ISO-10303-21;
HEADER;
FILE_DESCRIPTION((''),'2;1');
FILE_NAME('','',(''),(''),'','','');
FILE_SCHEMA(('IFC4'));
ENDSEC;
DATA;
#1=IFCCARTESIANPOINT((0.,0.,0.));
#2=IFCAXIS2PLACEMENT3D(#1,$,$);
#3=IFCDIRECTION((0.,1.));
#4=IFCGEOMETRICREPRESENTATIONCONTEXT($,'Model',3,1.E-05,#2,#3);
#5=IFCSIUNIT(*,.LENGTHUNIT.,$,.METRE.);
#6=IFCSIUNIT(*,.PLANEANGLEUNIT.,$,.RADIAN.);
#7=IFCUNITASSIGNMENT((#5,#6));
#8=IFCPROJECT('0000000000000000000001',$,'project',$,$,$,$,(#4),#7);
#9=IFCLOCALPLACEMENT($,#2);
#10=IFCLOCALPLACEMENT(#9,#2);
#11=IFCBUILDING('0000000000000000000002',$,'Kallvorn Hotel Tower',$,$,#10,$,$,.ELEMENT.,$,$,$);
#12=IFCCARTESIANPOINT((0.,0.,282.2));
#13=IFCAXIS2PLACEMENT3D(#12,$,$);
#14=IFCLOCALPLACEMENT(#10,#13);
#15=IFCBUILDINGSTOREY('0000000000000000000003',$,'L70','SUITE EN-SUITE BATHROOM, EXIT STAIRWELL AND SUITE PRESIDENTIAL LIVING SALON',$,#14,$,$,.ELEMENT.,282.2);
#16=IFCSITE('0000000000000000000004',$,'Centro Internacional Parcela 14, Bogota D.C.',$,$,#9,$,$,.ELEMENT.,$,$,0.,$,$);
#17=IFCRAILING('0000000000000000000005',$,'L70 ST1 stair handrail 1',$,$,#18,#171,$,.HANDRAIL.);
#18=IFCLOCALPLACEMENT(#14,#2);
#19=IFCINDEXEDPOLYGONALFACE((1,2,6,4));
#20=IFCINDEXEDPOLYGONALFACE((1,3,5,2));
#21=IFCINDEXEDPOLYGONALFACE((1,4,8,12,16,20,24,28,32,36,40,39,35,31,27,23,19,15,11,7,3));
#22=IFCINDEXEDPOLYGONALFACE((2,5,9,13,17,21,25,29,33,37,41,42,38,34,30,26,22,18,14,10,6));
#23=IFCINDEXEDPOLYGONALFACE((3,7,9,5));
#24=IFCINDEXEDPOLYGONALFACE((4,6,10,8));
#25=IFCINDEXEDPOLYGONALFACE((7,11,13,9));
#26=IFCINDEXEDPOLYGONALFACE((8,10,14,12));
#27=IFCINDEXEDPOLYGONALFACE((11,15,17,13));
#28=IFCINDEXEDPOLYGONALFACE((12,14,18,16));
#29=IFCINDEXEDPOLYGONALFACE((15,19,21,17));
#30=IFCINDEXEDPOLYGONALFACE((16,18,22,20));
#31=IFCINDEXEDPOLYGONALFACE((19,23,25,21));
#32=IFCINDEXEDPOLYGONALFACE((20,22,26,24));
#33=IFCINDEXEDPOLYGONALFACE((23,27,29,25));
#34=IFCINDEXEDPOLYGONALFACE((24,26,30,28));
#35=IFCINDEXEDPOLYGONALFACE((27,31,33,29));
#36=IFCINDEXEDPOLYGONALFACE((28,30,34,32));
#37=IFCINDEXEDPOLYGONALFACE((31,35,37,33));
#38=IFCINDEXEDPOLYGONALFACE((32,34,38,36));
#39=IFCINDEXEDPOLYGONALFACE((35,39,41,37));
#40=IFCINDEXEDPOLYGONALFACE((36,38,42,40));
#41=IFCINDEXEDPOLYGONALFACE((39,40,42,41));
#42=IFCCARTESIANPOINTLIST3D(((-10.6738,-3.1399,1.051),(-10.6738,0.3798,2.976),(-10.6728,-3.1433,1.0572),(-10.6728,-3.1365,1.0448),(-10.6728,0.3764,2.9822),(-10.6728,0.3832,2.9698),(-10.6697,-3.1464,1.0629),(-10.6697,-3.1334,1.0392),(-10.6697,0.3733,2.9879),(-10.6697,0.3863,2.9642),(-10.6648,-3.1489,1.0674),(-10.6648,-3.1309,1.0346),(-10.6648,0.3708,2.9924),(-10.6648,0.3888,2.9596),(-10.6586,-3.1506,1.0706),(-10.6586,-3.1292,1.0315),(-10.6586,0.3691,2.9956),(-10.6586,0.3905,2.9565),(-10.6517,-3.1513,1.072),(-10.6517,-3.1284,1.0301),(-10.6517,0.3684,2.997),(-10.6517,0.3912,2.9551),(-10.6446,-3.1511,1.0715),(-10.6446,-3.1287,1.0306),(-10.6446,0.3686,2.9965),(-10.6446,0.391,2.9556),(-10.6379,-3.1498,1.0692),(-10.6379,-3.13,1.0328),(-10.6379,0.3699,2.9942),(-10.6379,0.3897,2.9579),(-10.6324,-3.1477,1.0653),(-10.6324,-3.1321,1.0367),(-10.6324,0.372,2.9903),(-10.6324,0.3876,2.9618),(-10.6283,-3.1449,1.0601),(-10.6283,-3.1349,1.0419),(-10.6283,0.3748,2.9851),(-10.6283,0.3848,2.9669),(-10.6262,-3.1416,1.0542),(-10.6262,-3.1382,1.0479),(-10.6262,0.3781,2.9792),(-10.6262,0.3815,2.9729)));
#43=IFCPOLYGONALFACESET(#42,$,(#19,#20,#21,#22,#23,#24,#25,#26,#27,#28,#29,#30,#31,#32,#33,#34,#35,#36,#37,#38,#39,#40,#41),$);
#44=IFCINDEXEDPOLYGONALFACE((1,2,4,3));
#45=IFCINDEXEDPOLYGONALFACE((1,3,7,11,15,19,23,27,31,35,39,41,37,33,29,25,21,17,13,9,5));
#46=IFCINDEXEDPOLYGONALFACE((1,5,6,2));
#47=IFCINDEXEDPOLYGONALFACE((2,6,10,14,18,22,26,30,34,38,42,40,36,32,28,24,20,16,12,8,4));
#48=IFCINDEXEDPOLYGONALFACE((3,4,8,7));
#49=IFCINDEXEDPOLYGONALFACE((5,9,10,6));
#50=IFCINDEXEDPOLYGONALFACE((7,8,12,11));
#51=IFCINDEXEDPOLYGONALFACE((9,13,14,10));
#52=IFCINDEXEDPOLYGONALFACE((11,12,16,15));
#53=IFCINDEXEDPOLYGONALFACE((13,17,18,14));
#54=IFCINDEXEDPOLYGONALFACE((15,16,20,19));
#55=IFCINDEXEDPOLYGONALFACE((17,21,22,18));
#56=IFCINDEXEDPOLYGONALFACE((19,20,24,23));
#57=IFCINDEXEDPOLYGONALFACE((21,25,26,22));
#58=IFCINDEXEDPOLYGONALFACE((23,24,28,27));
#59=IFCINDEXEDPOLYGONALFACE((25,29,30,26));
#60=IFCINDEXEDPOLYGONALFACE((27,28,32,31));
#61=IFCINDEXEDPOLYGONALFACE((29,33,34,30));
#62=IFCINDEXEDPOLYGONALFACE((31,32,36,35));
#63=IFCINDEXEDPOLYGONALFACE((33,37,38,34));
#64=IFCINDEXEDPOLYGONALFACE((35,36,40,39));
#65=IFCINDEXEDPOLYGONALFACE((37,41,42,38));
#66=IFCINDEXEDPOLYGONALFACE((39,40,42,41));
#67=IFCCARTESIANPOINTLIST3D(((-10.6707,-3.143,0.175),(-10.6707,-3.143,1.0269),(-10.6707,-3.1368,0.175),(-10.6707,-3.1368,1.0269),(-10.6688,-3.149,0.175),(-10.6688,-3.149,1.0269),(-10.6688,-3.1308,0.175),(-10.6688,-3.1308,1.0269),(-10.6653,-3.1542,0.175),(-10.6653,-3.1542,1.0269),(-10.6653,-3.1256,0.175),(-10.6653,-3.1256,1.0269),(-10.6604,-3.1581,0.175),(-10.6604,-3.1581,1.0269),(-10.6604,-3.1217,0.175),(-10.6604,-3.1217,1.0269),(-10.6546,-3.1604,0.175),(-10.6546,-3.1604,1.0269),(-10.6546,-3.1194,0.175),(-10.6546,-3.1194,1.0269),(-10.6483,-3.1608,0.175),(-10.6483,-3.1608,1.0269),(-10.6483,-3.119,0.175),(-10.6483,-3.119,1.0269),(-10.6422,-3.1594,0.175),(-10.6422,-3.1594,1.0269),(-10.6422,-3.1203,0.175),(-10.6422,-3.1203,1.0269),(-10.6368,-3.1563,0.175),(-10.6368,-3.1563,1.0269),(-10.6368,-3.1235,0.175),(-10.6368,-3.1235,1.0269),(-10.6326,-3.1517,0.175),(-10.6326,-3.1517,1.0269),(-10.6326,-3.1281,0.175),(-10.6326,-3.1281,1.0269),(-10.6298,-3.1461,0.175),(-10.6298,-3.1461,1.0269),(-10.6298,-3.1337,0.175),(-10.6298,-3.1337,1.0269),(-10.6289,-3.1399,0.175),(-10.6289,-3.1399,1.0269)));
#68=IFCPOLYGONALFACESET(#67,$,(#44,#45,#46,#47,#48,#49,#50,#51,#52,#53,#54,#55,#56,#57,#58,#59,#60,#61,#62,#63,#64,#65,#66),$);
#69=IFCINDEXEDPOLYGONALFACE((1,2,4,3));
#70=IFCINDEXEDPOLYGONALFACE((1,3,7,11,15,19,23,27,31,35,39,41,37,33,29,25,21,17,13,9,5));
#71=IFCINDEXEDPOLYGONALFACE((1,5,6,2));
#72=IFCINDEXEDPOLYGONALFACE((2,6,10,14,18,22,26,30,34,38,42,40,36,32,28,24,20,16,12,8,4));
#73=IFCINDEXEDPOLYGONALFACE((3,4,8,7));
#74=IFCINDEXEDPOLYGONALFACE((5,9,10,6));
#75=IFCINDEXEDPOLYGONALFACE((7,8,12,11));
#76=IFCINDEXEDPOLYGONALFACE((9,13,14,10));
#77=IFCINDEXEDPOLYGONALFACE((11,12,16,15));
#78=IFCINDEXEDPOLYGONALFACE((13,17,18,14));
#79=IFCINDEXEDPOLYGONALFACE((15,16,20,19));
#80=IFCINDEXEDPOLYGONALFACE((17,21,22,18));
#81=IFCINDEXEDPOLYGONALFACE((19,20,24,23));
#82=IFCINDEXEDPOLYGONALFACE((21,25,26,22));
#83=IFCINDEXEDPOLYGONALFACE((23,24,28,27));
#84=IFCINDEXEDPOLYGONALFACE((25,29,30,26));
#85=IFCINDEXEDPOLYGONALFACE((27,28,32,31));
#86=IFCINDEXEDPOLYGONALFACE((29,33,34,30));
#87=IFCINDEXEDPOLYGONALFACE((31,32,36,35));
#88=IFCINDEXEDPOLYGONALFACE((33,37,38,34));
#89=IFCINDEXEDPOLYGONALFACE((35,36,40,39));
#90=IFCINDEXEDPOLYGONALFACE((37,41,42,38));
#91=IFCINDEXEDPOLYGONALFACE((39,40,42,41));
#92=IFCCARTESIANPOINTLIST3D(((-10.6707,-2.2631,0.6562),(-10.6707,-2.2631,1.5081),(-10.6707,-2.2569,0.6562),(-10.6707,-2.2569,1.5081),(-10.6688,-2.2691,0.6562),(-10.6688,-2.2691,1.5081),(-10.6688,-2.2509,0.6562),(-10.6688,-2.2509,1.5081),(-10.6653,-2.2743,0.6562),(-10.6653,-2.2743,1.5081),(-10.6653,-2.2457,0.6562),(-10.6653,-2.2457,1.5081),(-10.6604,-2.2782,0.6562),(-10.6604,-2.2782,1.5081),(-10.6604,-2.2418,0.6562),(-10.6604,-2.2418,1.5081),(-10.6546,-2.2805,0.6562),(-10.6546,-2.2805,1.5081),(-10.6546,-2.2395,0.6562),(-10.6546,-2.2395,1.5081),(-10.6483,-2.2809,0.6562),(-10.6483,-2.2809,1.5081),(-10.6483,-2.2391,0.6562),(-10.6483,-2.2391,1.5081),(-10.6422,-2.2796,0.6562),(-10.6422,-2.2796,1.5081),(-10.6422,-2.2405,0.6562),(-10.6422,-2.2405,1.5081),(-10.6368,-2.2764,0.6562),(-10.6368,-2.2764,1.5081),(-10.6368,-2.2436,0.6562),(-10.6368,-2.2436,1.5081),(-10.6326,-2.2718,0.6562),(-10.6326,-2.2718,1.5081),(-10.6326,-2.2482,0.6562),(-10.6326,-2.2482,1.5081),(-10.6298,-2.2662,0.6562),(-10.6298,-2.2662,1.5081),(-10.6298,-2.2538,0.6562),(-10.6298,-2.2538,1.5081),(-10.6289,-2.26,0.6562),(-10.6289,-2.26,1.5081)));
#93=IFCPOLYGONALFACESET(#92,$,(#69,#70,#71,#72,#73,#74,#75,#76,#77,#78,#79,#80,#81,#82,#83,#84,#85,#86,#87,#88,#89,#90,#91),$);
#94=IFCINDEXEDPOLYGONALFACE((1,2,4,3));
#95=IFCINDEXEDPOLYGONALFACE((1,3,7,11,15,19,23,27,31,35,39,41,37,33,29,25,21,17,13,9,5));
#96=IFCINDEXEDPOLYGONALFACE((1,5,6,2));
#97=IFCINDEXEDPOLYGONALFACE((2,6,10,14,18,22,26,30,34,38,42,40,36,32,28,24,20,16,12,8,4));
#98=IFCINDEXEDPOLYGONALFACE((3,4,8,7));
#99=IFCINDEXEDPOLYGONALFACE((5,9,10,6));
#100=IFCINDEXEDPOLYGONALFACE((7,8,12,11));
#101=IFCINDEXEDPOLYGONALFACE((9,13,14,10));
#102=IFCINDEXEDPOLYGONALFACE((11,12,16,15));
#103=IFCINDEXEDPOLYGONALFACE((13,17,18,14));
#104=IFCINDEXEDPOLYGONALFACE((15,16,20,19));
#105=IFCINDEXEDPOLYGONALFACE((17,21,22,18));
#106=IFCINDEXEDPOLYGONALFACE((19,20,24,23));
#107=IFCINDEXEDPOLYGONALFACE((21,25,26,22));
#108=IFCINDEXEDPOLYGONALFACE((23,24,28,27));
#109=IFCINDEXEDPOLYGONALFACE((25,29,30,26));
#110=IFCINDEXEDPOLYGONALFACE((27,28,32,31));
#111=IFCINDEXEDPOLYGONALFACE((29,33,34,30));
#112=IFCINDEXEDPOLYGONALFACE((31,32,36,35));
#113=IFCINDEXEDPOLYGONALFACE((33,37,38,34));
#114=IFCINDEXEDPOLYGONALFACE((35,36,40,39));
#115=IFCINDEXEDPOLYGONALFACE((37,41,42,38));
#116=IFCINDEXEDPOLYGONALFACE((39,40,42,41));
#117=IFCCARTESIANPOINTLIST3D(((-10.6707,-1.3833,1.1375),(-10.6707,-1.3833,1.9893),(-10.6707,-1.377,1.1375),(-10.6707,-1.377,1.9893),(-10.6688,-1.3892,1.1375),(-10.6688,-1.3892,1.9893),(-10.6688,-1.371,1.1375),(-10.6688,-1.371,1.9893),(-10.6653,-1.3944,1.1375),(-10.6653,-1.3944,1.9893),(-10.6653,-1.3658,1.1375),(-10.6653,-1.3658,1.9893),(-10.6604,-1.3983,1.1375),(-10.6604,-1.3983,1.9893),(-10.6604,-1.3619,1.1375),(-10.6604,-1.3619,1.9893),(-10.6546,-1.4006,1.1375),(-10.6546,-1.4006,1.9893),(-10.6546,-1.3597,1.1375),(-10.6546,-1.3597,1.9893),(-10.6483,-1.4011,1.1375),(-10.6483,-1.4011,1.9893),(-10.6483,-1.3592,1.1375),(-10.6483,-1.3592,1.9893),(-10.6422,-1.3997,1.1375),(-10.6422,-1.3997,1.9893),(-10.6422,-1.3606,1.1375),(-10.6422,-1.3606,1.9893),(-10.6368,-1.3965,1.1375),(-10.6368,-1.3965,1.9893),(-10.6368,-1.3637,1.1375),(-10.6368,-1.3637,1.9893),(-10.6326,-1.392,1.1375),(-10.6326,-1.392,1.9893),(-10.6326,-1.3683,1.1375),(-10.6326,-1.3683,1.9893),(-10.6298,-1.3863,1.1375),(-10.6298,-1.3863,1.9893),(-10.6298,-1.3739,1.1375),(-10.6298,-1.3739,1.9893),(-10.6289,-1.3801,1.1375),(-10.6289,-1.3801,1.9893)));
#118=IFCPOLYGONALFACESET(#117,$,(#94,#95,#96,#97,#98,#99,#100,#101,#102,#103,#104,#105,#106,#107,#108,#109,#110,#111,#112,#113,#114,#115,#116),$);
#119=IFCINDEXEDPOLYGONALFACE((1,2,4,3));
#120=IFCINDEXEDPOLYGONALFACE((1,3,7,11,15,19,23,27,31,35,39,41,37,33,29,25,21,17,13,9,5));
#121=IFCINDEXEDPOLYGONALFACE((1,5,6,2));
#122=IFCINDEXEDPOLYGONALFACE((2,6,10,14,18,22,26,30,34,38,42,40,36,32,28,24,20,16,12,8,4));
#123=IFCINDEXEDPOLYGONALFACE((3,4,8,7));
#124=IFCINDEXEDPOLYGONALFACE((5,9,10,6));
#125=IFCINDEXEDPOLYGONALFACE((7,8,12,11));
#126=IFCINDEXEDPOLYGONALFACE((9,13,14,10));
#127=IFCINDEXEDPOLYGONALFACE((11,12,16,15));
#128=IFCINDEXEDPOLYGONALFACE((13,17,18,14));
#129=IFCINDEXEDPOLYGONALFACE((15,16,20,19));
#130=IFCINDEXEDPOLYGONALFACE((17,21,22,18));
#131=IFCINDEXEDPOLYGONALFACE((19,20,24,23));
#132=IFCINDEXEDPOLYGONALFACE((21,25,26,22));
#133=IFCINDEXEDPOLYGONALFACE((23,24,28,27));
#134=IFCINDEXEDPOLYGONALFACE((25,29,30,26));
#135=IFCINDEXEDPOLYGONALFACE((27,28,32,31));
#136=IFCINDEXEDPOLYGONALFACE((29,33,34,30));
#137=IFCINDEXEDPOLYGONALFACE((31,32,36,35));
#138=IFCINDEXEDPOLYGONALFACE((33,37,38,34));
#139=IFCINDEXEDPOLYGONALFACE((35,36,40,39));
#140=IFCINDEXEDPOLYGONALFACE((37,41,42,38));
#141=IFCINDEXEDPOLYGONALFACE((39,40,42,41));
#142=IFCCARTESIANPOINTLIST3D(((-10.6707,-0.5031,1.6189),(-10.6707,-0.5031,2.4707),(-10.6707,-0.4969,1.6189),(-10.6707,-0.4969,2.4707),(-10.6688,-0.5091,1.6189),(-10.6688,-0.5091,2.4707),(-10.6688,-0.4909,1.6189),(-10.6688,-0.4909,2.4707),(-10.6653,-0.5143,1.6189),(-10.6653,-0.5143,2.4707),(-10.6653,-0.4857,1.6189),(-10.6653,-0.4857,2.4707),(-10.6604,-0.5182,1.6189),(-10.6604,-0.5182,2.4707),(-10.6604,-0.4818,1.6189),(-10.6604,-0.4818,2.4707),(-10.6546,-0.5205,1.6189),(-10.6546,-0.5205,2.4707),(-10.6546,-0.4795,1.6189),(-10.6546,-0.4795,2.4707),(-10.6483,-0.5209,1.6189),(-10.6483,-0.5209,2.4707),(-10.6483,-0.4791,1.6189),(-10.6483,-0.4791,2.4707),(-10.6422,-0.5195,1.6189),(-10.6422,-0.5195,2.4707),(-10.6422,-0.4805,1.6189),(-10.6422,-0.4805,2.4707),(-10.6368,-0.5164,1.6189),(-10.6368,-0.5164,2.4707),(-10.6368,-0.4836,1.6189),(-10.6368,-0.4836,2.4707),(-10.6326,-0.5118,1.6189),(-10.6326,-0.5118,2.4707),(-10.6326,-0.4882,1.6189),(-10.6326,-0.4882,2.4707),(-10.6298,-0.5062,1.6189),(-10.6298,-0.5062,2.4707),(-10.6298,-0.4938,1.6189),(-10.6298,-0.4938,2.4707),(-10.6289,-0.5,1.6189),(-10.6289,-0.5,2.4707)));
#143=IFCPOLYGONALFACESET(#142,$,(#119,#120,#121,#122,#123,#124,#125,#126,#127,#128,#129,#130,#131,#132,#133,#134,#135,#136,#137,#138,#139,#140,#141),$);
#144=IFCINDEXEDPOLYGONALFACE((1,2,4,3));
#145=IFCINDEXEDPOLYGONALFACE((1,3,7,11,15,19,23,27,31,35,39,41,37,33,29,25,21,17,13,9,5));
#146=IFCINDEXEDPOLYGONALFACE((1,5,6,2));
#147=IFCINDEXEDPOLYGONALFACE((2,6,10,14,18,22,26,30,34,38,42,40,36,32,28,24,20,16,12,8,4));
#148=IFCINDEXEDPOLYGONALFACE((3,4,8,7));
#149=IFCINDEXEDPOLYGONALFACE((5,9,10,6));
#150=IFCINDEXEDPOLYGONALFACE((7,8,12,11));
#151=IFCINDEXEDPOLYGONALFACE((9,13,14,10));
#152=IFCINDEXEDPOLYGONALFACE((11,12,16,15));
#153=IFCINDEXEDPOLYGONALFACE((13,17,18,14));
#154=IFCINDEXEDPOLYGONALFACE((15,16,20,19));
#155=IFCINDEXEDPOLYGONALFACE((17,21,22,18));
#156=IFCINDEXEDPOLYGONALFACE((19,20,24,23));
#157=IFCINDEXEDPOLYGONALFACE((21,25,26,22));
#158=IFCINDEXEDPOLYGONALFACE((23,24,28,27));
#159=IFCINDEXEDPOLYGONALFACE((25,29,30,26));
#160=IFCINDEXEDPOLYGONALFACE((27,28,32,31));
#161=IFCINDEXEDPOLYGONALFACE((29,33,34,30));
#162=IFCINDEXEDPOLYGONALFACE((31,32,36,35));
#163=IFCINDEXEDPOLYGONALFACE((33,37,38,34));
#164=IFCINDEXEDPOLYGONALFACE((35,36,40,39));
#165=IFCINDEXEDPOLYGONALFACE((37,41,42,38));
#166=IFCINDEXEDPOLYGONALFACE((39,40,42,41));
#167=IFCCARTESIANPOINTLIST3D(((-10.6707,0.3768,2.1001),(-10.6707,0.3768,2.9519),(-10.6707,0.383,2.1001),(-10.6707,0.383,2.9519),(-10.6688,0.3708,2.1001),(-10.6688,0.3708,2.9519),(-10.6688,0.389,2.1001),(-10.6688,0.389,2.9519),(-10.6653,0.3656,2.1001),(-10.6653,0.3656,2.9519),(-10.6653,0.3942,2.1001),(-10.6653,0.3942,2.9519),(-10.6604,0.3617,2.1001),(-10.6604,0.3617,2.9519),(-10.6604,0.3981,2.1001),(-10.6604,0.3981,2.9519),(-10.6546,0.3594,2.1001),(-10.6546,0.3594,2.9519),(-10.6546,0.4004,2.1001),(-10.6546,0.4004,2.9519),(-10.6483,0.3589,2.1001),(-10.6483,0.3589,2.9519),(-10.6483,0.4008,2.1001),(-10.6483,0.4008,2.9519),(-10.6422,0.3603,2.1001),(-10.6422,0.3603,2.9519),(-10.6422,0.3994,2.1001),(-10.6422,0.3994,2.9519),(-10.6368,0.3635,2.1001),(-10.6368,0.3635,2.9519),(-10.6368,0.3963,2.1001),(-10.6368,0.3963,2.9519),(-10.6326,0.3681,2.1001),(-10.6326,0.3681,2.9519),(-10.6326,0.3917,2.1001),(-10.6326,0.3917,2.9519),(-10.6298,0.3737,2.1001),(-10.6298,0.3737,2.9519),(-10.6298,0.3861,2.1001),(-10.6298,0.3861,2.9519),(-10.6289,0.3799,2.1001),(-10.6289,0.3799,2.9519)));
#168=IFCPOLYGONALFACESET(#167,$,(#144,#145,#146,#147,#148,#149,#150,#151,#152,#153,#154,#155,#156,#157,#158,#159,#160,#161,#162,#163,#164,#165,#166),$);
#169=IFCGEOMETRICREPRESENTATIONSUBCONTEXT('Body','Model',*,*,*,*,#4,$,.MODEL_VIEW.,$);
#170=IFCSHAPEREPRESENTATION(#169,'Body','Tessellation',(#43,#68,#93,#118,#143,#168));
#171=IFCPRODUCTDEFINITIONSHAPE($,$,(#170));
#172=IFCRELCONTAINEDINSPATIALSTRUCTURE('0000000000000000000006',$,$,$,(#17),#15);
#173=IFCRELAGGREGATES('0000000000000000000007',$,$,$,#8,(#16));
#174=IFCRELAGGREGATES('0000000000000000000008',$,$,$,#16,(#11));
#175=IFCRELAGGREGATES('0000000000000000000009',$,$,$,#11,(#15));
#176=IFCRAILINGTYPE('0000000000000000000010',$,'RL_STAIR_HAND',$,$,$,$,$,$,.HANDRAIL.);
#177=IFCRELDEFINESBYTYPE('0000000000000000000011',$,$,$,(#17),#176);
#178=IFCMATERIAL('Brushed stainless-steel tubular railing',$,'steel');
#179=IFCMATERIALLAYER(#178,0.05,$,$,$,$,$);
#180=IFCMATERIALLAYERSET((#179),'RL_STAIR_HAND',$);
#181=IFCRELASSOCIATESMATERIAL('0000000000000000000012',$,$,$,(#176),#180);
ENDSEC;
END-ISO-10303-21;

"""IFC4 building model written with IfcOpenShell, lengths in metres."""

from ifc_helpers import new_model, si_unit, direction, frame, origin, origin_2d, place, context, subcontext, project, spatial, circle, extrude, material, layer, layer_set, type_object, element, save


model = new_model("IFC4")

# Units and contexts
model_context = context("Model", 3, precision=1e-05, world=origin(), true_north=direction((0.0, 1.0)))
body_context = subcontext(model_context, "Body", "Model", "MODEL_VIEW")
ifc_project = project(units=[si_unit("LENGTHUNIT", "METRE"), si_unit("PLANEANGLEUNIT", "RADIAN")], contexts=[model_context])

# Site, building, storey
site_placement = place(None, origin())
site = spatial("IfcSite", under=ifc_project, at=site_placement, Name="Centro Internacional Parcela 14, Bogota D.C.", CompositionType="ELEMENT", RefElevation=0.0)
building_placement = place(site_placement, origin())
building = spatial("IfcBuilding", under=site, at=building_placement, Name="Kallvorn Hotel Tower", CompositionType="ELEMENT")
storey_placement = place(building_placement, frame((0.0, 0.0, 282.2)))
storey = spatial("IfcBuildingStorey", under=building, at=storey_placement, Name="L70", Description="SUITE EN-SUITE BATHROOM, EXIT STAIRWELL AND SUITE PRESIDENTIAL LIVING SALON", CompositionType="ELEMENT", Elevation=282.2)

# Railing
ifc_material_1 = material(Name="Brushed stainless-steel tubular railing", Category="steel")
ifc_layer_1 = layer(ifc_material_1, 0.05)
ifc_layer_set_1 = layer_set([ifc_layer_1], Name="RL_STAIR_HAND")
railing_type_1 = type_object("IfcRailingType", Name="RL_STAIR_HAND", PredefinedType="HANDRAIL", material=ifc_layer_set_1)
railing_1_placement = place(storey_placement, frame((-10.6499, -3.1399, 0.175)))
element("IfcRailing", 1, at=railing_1_placement, inside=storey, type_object=railing_type_1, Name="L70 ST1 stair handrail 1", PredefinedType="HANDRAIL", context=body_context, shape_type="SweptSolid", body=[
    extrude(circle(Radius=0.0239, at=origin_2d()), frame((0.0, 0.0, 0.876), z_axis=(0.0, 0.877353, 0.479845), x_axis=(-1.0, 0.0, 0.0)), (0.0, 0.0, 1.0), 4.0117),
    extrude(circle(Radius=0.021, at=origin_2d()), origin(), (0.0, 0.0, 1.0), 0.8518),
    extrude(circle(Radius=0.021, at=origin_2d()), frame((0.0, 0.8799, 0.4812)), (0.0, 0.0, 1.0), 0.8518),
    extrude(circle(Radius=0.021, at=origin_2d()), frame((0.0, 1.7598, 0.9624)), (0.0, 0.0, 1.0), 0.8518),
    extrude(circle(Radius=0.021, at=origin_2d()), frame((0.0, 2.6399, 1.4438)), (0.0, 0.0, 1.0), 0.8518),
    extrude(circle(Radius=0.021, at=origin_2d()), frame((0.0, 3.5198, 1.925)), (0.0, 0.0, 1.0), 0.8518),
])

save(model, "model.ifc")
